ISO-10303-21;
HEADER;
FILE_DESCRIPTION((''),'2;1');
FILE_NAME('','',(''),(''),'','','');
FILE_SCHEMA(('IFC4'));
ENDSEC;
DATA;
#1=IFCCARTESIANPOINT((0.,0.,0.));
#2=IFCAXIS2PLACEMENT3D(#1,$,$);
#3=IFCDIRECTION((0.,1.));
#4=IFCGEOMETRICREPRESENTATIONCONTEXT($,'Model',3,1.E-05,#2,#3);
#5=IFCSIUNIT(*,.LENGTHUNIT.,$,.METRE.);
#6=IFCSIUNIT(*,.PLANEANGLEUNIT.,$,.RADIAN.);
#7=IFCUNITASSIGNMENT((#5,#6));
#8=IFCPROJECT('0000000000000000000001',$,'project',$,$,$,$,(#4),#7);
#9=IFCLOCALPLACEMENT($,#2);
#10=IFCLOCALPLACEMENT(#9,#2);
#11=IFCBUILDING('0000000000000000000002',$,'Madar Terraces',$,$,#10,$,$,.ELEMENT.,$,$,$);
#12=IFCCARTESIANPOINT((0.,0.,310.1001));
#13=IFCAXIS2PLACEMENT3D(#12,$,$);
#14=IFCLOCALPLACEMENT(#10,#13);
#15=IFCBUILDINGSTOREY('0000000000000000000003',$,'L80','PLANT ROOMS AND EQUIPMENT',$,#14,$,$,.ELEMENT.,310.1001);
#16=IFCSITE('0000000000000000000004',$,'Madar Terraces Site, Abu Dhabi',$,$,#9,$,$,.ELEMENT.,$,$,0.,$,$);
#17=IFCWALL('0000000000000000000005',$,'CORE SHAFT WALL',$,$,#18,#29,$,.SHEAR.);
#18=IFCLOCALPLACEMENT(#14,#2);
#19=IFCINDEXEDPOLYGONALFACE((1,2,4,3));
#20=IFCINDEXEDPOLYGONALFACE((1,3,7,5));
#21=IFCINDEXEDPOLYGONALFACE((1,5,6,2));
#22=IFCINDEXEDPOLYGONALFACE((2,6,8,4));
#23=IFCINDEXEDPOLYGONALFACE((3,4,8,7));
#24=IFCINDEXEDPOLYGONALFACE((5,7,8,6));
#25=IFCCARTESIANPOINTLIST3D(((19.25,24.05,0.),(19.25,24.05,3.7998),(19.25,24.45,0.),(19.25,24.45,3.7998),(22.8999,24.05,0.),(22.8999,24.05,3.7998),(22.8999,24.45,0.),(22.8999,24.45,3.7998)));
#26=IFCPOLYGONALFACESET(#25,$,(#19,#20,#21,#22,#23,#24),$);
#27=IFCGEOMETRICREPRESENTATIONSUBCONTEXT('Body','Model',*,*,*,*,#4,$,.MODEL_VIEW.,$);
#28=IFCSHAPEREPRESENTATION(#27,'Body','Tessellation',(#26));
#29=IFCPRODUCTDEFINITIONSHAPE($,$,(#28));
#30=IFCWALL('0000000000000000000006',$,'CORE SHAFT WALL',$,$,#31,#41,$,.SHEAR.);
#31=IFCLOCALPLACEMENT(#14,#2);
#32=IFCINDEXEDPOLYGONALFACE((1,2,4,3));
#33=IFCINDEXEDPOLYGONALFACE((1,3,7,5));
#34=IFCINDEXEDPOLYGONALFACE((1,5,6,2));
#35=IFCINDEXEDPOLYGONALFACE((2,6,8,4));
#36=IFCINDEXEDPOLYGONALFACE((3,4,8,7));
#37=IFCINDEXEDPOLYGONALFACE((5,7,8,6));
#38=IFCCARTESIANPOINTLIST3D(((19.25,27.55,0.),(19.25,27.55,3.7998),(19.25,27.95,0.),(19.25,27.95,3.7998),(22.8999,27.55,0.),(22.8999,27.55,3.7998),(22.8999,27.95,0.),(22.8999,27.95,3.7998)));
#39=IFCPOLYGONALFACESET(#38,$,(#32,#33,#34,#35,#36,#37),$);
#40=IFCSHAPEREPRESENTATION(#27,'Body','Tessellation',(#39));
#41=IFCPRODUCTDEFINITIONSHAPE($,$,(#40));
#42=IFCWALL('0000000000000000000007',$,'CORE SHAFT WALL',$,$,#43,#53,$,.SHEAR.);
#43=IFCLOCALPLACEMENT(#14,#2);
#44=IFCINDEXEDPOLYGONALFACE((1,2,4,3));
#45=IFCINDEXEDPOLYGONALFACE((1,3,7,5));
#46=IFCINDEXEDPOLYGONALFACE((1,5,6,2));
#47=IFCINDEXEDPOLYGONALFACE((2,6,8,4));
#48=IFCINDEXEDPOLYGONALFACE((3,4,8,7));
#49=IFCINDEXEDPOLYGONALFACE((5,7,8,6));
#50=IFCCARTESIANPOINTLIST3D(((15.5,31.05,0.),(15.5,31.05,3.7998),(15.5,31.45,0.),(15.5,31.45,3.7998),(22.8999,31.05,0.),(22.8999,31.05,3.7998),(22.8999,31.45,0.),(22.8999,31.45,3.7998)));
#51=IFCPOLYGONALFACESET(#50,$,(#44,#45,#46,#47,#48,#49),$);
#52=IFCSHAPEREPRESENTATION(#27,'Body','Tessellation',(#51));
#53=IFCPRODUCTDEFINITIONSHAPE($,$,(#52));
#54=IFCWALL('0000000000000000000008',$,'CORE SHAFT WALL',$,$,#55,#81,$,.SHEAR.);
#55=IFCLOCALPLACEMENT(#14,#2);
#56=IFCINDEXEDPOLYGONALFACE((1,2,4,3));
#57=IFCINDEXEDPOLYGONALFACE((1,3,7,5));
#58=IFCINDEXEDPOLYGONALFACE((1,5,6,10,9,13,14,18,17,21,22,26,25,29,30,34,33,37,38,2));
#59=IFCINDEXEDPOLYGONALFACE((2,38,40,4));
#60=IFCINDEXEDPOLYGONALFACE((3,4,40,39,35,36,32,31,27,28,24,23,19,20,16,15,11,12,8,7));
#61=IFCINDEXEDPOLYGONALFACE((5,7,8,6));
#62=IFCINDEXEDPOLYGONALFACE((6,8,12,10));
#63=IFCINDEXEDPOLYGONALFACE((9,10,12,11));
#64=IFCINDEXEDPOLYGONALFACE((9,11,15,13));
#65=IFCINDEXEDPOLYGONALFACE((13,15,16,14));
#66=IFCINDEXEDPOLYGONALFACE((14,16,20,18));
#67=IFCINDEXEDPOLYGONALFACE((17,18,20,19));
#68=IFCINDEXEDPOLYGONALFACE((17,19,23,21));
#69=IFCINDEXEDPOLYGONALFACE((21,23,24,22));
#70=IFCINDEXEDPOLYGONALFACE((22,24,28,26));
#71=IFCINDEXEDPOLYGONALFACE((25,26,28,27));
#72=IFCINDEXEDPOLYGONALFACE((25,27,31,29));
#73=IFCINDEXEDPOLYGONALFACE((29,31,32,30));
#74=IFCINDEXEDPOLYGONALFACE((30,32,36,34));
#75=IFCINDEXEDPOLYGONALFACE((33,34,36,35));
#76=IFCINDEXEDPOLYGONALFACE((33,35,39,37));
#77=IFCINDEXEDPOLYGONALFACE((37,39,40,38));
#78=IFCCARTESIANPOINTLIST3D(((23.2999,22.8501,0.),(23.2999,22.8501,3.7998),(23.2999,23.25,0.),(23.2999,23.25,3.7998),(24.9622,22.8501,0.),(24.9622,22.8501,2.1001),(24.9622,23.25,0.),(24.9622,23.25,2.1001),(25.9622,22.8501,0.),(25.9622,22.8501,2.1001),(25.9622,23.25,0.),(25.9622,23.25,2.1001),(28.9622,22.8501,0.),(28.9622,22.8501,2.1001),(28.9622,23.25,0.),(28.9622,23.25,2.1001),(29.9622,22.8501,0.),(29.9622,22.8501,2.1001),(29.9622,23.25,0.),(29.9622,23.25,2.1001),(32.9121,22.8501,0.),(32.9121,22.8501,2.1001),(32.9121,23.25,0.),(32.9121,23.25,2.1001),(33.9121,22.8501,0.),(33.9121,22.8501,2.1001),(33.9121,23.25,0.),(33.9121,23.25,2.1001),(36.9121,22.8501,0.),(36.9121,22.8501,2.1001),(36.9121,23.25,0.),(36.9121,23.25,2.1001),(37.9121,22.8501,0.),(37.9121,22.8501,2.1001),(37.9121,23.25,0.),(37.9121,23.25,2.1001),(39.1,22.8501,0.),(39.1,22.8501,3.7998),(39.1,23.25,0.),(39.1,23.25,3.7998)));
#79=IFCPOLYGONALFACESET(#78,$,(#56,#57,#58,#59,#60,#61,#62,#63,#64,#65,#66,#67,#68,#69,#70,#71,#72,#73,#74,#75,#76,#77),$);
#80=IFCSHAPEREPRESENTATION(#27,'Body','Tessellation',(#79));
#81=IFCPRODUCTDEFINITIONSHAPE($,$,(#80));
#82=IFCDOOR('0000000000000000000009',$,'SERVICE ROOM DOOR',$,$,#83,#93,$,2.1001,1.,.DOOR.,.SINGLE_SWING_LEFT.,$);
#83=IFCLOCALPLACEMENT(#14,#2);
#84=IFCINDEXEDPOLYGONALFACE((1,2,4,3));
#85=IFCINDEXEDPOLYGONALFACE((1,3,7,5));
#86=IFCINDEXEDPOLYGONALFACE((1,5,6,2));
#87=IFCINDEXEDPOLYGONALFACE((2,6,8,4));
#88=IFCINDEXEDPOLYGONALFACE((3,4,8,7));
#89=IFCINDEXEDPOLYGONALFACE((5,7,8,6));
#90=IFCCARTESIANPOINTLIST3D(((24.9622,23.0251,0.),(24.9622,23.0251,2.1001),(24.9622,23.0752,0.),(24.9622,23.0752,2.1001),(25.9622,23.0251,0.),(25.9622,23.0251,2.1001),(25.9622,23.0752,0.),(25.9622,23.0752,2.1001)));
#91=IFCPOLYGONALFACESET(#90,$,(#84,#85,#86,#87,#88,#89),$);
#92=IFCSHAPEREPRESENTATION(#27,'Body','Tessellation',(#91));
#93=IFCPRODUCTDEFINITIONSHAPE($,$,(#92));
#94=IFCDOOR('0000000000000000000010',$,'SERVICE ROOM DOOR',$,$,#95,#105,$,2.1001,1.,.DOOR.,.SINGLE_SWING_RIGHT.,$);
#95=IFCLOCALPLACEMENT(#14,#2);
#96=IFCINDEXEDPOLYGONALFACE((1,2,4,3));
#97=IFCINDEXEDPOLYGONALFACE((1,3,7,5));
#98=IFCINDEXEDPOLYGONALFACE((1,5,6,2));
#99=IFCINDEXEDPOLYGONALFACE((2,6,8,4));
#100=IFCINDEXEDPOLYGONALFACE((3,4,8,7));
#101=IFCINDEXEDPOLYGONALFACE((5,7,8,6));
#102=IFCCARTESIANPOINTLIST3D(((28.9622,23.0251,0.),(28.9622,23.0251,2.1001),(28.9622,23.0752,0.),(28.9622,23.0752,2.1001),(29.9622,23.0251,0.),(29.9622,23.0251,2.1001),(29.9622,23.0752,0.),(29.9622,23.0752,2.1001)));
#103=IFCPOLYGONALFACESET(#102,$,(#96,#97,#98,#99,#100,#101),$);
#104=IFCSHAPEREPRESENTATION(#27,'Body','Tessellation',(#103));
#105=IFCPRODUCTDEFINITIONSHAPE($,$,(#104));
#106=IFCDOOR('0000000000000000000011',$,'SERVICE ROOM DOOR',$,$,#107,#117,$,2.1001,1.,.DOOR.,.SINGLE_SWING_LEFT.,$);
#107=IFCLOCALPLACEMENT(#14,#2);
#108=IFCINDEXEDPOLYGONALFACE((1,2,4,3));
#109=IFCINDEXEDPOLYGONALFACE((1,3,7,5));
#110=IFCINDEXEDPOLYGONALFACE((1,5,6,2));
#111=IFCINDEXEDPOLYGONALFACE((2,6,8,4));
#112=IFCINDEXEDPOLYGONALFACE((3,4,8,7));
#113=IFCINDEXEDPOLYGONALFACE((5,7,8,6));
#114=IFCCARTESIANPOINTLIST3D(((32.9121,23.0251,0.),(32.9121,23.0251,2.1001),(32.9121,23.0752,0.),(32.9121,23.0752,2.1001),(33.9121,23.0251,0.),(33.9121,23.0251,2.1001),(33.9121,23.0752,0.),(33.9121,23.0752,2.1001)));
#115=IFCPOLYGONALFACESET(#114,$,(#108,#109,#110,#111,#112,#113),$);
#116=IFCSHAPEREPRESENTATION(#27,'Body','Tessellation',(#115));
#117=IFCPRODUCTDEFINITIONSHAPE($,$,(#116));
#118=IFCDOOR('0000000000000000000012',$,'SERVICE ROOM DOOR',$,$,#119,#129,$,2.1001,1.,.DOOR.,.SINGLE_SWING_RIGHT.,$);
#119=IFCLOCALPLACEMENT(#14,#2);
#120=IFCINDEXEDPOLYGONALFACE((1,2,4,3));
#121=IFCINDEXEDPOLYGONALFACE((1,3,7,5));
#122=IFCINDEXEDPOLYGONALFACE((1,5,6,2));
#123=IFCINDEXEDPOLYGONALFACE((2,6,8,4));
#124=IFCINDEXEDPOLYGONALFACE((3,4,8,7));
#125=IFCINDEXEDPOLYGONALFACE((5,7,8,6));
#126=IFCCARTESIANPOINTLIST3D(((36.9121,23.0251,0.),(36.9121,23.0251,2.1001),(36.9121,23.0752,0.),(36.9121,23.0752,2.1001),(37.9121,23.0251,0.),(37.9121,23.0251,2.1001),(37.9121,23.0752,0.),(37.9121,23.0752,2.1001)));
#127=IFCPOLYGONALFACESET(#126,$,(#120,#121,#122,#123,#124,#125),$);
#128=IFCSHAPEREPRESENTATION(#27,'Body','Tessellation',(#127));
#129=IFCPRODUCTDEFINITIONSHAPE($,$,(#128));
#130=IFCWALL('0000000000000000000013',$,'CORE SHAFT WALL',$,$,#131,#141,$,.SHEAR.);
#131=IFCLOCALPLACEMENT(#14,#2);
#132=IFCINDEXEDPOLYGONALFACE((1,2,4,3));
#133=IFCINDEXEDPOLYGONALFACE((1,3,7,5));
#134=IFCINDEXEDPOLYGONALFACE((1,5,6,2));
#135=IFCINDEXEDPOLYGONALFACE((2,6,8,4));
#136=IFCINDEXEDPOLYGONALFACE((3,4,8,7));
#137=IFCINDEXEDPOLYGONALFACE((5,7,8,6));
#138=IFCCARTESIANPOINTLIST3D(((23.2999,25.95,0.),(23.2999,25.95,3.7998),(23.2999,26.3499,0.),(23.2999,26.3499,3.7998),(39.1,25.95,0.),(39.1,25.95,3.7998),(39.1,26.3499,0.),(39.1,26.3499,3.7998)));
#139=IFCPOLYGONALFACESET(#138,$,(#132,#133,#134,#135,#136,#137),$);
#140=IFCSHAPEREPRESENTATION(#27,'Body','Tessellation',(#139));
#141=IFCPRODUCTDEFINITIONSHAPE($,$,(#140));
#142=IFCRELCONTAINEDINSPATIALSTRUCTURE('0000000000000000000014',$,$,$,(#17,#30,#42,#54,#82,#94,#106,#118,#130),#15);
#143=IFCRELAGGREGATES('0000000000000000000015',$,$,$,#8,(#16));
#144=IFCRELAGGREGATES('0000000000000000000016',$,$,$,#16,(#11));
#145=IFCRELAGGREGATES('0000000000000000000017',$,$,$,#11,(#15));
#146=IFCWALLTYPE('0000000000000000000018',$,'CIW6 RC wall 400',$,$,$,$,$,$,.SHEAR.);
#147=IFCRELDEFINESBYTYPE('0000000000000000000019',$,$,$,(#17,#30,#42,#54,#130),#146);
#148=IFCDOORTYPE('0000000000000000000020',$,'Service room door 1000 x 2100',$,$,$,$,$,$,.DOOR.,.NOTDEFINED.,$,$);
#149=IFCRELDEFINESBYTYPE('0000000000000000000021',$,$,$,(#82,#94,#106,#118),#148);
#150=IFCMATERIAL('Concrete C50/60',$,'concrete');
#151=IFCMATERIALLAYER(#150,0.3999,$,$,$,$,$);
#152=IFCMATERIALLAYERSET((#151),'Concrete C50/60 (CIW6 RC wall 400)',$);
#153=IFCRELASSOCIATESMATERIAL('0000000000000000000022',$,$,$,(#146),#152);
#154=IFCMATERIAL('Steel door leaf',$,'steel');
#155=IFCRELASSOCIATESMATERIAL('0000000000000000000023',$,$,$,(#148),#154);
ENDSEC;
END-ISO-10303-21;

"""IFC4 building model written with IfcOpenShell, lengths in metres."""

from ifc_helpers import new_model, si_unit, direction, frame, frame_2d, origin, place, context, subcontext, project, spatial, rectangle, extrude, material, layer, layer_set, type_object, element, fill, save


model = new_model("IFC4")

# Units and contexts
model_context = context("Model", 3, precision=1e-05, world=origin(), true_north=direction((0.0, 1.0)))
body_context = subcontext(model_context, "Body", "Model", "MODEL_VIEW")
ifc_project = project(units=[si_unit("LENGTHUNIT", "METRE"), si_unit("PLANEANGLEUNIT", "RADIAN")], contexts=[model_context])

# Site, building, storey
site_placement = place(None, origin())
site = spatial("IfcSite", under=ifc_project, at=site_placement, Name="Madar Terraces Site, Abu Dhabi", CompositionType="ELEMENT", RefElevation=0.0)
building_placement = place(site_placement, origin())
building = spatial("IfcBuilding", under=site, at=building_placement, Name="Madar Terraces", CompositionType="ELEMENT")
storey_placement = place(building_placement, frame((0.0, 0.0, 310.1001)))
storey = spatial("IfcBuildingStorey", under=building, at=storey_placement, Name="L80", Description="PLANT ROOMS AND EQUIPMENT", CompositionType="ELEMENT", Elevation=310.1001)

# Walls
ifc_material_1 = material(Name="Concrete C50/60", Category="concrete")
ifc_layer_1 = layer(ifc_material_1, 0.3999)
ifc_layer_set_1 = layer_set([ifc_layer_1], Name="Concrete C50/60 (CIW6 RC wall 400)")
wall_type_1 = type_object("IfcWallType", Name="CIW6 RC wall 400", PredefinedType="SHEAR", material=ifc_layer_set_1)
for number, where, z_axis, x_axis, name in (
    (1, (19.25, 24.25, 0.0), (0.0, 0.0, 1.0), (1.0, 0.0, 0.0), "CORE SHAFT WALL"),
    (2, (19.25, 27.75, 0.0), (0.0, 0.0, 1.0), (1.0, 0.0, 0.0), "CORE SHAFT WALL"),
):
    element("IfcWall", number, at=place(storey_placement, frame(where, z_axis=z_axis, x_axis=x_axis)), inside=storey, type_object=wall_type_1, Name=name, PredefinedType="SHEAR", context=body_context, shape_type="SweptSolid", body=[
        extrude(rectangle(XDim=3.6499, YDim=0.3999, at=frame_2d((1.825, 0.0))), origin(), (0.0, 0.0, 1.0), 3.7998),
    ])
wall_1_placement = place(storey_placement, frame((15.5, 31.25, 0.0), z_axis=(0.0, 0.0, 1.0), x_axis=(1.0, 0.0, 0.0)))
element("IfcWall", 3, at=wall_1_placement, inside=storey, type_object=wall_type_1, Name="CORE SHAFT WALL", PredefinedType="SHEAR", context=body_context, shape_type="SweptSolid", body=[
    extrude(rectangle(XDim=7.3999, YDim=0.3999, at=frame_2d((3.7, 0.0))), origin(), (0.0, 0.0, 1.0), 3.7998),
])

# Wall, openings, doors
wall_2_placement = place(storey_placement, frame((23.3, 23.05, 0.0), z_axis=(0.0, 0.0, 1.0), x_axis=(1.0, 0.0, 0.0)))
wall_2 = element("IfcWall", 4, at=wall_2_placement, inside=storey, type_object=wall_type_1, Name="CORE SHAFT WALL", PredefinedType="SHEAR", context=body_context, shape_type="SweptSolid", body=[
    extrude(rectangle(XDim=15.8, YDim=0.3999, at=frame_2d((7.8999, 0.0))), origin(), (0.0, 0.0, 1.0), 3.7998),
])
opening_1_placement = place(wall_2_placement, frame((1.6621, 0.0, 0.0)))
opening_1 = element("IfcOpeningElement", 5, at=opening_1_placement, cuts=wall_2, PredefinedType="OPENING", context=body_context, shape_type="SweptSolid", body=[
    extrude(rectangle(XDim=1.0, YDim=2.1001, at=frame_2d((0.5, 1.05))), frame((0.0, 0.21, 0.0), z_axis=(0.0, -1.0, 0.0), x_axis=(1.0, 0.0, 0.0)), (0.0, 0.0, 1.0), 0.4199),
])
opening_2_placement = place(wall_2_placement, frame((5.6621, 0.0, 0.0)))
opening_2 = element("IfcOpeningElement", 6, at=opening_2_placement, cuts=wall_2, PredefinedType="OPENING", context=body_context, shape_type="SweptSolid", body=[
    extrude(rectangle(XDim=1.0, YDim=2.1001, at=frame_2d((0.5, 1.05))), frame((0.0, 0.21, 0.0), z_axis=(0.0, -1.0, 0.0), x_axis=(1.0, 0.0, 0.0)), (0.0, 0.0, 1.0), 0.4199),
])
opening_3_placement = place(wall_2_placement, frame((9.6121, 0.0, 0.0)))
opening_3 = element("IfcOpeningElement", 7, at=opening_3_placement, cuts=wall_2, PredefinedType="OPENING", context=body_context, shape_type="SweptSolid", body=[
    extrude(rectangle(XDim=1.0, YDim=2.1001, at=frame_2d((0.5, 1.05))), frame((0.0, 0.21, 0.0), z_axis=(0.0, -1.0, 0.0), x_axis=(1.0, 0.0, 0.0)), (0.0, 0.0, 1.0), 0.4199),
])
opening_4_placement = place(wall_2_placement, frame((13.6121, 0.0, 0.0)))
opening_4 = element("IfcOpeningElement", 8, at=opening_4_placement, cuts=wall_2, PredefinedType="OPENING", context=body_context, shape_type="SweptSolid", body=[
    extrude(rectangle(XDim=1.0, YDim=2.1001, at=frame_2d((0.5, 1.05))), frame((0.0, 0.21, 0.0), z_axis=(0.0, -1.0, 0.0), x_axis=(1.0, 0.0, 0.0)), (0.0, 0.0, 1.0), 0.4199),
])
ifc_material_2 = material(Name="Steel door leaf", Category="steel")
door_type = type_object("IfcDoorType", Name="Service room door 1000 x 2100", OperationType="NOTDEFINED", PredefinedType="DOOR", material=ifc_material_2)
door_1_placement = place(opening_1_placement, frame((1.0, 0.0, 0.0), z_axis=(0.0, 0.0, 1.0), x_axis=(-1.0, 0.0, 0.0)))
door_1 = element("IfcDoor", 9, at=door_1_placement, inside=storey, type_object=door_type, Name="SERVICE ROOM DOOR", OperationType="SINGLE_SWING_LEFT", OverallHeight=2.1001, OverallWidth=1.0, PredefinedType="DOOR", context=body_context, shape_type="SweptSolid", body=[
    extrude(rectangle(XDim=1.0, YDim=2.1001, at=frame_2d((0.5, 1.05))), frame((0.0, 0.0249, 0.0), z_axis=(0.0, -1.0, 0.0), x_axis=(1.0, 0.0, 0.0)), (0.0, 0.0, 1.0), 0.05),
])
fill(opening_1, door_1)
door_2_placement = place(opening_2_placement, frame((1.0, 0.0, 0.0), z_axis=(0.0, 0.0, 1.0), x_axis=(-1.0, 0.0, 0.0)))
door_2 = element("IfcDoor", 10, at=door_2_placement, inside=storey, type_object=door_type, Name="SERVICE ROOM DOOR", OperationType="SINGLE_SWING_RIGHT", OverallHeight=2.1001, OverallWidth=1.0, PredefinedType="DOOR", context=body_context, shape_type="SweptSolid", body=[
    extrude(rectangle(XDim=1.0, YDim=2.1001, at=frame_2d((0.5, 1.05))), frame((0.0, 0.0249, 0.0), z_axis=(0.0, -1.0, 0.0), x_axis=(1.0, 0.0, 0.0)), (0.0, 0.0, 1.0), 0.05),
])
fill(opening_2, door_2)
door_3_placement = place(opening_3_placement, frame((1.0, 0.0, 0.0), z_axis=(0.0, 0.0, 1.0), x_axis=(-1.0, 0.0, 0.0)))
door_3 = element("IfcDoor", 11, at=door_3_placement, inside=storey, type_object=door_type, Name="SERVICE ROOM DOOR", OperationType="SINGLE_SWING_LEFT", OverallHeight=2.1001, OverallWidth=1.0, PredefinedType="DOOR", context=body_context, shape_type="SweptSolid", body=[
    extrude(rectangle(XDim=1.0, YDim=2.1001, at=frame_2d((0.5, 1.05))), frame((0.0, 0.0249, 0.0), z_axis=(0.0, -1.0, 0.0), x_axis=(1.0, 0.0, 0.0)), (0.0, 0.0, 1.0), 0.05),
])
fill(opening_3, door_3)
door_4_placement = place(opening_4_placement, frame((1.0, 0.0, 0.0), z_axis=(0.0, 0.0, 1.0), x_axis=(-1.0, 0.0, 0.0)))
door_4 = element("IfcDoor", 12, at=door_4_placement, inside=storey, type_object=door_type, Name="SERVICE ROOM DOOR", OperationType="SINGLE_SWING_RIGHT", OverallHeight=2.1001, OverallWidth=1.0, PredefinedType="DOOR", context=body_context, shape_type="SweptSolid", body=[
    extrude(rectangle(XDim=1.0, YDim=2.1001, at=frame_2d((0.5, 1.05))), frame((0.0, 0.0249, 0.0), z_axis=(0.0, -1.0, 0.0), x_axis=(1.0, 0.0, 0.0)), (0.0, 0.0, 1.0), 0.05),
])
fill(opening_4, door_4)

# Wall
wall_3_placement = place(storey_placement, frame((23.3, 26.1499, 0.0), z_axis=(0.0, 0.0, 1.0), x_axis=(1.0, 0.0, 0.0)))
element("IfcWall", 13, at=wall_3_placement, inside=storey, type_object=wall_type_1, Name="CORE SHAFT WALL", PredefinedType="SHEAR", context=body_context, shape_type="SweptSolid", body=[
    extrude(rectangle(XDim=15.8, YDim=0.3999, at=frame_2d((7.8999, 0.0))), origin(), (0.0, 0.0, 1.0), 3.7998),
])

save(model, "model.ifc")
